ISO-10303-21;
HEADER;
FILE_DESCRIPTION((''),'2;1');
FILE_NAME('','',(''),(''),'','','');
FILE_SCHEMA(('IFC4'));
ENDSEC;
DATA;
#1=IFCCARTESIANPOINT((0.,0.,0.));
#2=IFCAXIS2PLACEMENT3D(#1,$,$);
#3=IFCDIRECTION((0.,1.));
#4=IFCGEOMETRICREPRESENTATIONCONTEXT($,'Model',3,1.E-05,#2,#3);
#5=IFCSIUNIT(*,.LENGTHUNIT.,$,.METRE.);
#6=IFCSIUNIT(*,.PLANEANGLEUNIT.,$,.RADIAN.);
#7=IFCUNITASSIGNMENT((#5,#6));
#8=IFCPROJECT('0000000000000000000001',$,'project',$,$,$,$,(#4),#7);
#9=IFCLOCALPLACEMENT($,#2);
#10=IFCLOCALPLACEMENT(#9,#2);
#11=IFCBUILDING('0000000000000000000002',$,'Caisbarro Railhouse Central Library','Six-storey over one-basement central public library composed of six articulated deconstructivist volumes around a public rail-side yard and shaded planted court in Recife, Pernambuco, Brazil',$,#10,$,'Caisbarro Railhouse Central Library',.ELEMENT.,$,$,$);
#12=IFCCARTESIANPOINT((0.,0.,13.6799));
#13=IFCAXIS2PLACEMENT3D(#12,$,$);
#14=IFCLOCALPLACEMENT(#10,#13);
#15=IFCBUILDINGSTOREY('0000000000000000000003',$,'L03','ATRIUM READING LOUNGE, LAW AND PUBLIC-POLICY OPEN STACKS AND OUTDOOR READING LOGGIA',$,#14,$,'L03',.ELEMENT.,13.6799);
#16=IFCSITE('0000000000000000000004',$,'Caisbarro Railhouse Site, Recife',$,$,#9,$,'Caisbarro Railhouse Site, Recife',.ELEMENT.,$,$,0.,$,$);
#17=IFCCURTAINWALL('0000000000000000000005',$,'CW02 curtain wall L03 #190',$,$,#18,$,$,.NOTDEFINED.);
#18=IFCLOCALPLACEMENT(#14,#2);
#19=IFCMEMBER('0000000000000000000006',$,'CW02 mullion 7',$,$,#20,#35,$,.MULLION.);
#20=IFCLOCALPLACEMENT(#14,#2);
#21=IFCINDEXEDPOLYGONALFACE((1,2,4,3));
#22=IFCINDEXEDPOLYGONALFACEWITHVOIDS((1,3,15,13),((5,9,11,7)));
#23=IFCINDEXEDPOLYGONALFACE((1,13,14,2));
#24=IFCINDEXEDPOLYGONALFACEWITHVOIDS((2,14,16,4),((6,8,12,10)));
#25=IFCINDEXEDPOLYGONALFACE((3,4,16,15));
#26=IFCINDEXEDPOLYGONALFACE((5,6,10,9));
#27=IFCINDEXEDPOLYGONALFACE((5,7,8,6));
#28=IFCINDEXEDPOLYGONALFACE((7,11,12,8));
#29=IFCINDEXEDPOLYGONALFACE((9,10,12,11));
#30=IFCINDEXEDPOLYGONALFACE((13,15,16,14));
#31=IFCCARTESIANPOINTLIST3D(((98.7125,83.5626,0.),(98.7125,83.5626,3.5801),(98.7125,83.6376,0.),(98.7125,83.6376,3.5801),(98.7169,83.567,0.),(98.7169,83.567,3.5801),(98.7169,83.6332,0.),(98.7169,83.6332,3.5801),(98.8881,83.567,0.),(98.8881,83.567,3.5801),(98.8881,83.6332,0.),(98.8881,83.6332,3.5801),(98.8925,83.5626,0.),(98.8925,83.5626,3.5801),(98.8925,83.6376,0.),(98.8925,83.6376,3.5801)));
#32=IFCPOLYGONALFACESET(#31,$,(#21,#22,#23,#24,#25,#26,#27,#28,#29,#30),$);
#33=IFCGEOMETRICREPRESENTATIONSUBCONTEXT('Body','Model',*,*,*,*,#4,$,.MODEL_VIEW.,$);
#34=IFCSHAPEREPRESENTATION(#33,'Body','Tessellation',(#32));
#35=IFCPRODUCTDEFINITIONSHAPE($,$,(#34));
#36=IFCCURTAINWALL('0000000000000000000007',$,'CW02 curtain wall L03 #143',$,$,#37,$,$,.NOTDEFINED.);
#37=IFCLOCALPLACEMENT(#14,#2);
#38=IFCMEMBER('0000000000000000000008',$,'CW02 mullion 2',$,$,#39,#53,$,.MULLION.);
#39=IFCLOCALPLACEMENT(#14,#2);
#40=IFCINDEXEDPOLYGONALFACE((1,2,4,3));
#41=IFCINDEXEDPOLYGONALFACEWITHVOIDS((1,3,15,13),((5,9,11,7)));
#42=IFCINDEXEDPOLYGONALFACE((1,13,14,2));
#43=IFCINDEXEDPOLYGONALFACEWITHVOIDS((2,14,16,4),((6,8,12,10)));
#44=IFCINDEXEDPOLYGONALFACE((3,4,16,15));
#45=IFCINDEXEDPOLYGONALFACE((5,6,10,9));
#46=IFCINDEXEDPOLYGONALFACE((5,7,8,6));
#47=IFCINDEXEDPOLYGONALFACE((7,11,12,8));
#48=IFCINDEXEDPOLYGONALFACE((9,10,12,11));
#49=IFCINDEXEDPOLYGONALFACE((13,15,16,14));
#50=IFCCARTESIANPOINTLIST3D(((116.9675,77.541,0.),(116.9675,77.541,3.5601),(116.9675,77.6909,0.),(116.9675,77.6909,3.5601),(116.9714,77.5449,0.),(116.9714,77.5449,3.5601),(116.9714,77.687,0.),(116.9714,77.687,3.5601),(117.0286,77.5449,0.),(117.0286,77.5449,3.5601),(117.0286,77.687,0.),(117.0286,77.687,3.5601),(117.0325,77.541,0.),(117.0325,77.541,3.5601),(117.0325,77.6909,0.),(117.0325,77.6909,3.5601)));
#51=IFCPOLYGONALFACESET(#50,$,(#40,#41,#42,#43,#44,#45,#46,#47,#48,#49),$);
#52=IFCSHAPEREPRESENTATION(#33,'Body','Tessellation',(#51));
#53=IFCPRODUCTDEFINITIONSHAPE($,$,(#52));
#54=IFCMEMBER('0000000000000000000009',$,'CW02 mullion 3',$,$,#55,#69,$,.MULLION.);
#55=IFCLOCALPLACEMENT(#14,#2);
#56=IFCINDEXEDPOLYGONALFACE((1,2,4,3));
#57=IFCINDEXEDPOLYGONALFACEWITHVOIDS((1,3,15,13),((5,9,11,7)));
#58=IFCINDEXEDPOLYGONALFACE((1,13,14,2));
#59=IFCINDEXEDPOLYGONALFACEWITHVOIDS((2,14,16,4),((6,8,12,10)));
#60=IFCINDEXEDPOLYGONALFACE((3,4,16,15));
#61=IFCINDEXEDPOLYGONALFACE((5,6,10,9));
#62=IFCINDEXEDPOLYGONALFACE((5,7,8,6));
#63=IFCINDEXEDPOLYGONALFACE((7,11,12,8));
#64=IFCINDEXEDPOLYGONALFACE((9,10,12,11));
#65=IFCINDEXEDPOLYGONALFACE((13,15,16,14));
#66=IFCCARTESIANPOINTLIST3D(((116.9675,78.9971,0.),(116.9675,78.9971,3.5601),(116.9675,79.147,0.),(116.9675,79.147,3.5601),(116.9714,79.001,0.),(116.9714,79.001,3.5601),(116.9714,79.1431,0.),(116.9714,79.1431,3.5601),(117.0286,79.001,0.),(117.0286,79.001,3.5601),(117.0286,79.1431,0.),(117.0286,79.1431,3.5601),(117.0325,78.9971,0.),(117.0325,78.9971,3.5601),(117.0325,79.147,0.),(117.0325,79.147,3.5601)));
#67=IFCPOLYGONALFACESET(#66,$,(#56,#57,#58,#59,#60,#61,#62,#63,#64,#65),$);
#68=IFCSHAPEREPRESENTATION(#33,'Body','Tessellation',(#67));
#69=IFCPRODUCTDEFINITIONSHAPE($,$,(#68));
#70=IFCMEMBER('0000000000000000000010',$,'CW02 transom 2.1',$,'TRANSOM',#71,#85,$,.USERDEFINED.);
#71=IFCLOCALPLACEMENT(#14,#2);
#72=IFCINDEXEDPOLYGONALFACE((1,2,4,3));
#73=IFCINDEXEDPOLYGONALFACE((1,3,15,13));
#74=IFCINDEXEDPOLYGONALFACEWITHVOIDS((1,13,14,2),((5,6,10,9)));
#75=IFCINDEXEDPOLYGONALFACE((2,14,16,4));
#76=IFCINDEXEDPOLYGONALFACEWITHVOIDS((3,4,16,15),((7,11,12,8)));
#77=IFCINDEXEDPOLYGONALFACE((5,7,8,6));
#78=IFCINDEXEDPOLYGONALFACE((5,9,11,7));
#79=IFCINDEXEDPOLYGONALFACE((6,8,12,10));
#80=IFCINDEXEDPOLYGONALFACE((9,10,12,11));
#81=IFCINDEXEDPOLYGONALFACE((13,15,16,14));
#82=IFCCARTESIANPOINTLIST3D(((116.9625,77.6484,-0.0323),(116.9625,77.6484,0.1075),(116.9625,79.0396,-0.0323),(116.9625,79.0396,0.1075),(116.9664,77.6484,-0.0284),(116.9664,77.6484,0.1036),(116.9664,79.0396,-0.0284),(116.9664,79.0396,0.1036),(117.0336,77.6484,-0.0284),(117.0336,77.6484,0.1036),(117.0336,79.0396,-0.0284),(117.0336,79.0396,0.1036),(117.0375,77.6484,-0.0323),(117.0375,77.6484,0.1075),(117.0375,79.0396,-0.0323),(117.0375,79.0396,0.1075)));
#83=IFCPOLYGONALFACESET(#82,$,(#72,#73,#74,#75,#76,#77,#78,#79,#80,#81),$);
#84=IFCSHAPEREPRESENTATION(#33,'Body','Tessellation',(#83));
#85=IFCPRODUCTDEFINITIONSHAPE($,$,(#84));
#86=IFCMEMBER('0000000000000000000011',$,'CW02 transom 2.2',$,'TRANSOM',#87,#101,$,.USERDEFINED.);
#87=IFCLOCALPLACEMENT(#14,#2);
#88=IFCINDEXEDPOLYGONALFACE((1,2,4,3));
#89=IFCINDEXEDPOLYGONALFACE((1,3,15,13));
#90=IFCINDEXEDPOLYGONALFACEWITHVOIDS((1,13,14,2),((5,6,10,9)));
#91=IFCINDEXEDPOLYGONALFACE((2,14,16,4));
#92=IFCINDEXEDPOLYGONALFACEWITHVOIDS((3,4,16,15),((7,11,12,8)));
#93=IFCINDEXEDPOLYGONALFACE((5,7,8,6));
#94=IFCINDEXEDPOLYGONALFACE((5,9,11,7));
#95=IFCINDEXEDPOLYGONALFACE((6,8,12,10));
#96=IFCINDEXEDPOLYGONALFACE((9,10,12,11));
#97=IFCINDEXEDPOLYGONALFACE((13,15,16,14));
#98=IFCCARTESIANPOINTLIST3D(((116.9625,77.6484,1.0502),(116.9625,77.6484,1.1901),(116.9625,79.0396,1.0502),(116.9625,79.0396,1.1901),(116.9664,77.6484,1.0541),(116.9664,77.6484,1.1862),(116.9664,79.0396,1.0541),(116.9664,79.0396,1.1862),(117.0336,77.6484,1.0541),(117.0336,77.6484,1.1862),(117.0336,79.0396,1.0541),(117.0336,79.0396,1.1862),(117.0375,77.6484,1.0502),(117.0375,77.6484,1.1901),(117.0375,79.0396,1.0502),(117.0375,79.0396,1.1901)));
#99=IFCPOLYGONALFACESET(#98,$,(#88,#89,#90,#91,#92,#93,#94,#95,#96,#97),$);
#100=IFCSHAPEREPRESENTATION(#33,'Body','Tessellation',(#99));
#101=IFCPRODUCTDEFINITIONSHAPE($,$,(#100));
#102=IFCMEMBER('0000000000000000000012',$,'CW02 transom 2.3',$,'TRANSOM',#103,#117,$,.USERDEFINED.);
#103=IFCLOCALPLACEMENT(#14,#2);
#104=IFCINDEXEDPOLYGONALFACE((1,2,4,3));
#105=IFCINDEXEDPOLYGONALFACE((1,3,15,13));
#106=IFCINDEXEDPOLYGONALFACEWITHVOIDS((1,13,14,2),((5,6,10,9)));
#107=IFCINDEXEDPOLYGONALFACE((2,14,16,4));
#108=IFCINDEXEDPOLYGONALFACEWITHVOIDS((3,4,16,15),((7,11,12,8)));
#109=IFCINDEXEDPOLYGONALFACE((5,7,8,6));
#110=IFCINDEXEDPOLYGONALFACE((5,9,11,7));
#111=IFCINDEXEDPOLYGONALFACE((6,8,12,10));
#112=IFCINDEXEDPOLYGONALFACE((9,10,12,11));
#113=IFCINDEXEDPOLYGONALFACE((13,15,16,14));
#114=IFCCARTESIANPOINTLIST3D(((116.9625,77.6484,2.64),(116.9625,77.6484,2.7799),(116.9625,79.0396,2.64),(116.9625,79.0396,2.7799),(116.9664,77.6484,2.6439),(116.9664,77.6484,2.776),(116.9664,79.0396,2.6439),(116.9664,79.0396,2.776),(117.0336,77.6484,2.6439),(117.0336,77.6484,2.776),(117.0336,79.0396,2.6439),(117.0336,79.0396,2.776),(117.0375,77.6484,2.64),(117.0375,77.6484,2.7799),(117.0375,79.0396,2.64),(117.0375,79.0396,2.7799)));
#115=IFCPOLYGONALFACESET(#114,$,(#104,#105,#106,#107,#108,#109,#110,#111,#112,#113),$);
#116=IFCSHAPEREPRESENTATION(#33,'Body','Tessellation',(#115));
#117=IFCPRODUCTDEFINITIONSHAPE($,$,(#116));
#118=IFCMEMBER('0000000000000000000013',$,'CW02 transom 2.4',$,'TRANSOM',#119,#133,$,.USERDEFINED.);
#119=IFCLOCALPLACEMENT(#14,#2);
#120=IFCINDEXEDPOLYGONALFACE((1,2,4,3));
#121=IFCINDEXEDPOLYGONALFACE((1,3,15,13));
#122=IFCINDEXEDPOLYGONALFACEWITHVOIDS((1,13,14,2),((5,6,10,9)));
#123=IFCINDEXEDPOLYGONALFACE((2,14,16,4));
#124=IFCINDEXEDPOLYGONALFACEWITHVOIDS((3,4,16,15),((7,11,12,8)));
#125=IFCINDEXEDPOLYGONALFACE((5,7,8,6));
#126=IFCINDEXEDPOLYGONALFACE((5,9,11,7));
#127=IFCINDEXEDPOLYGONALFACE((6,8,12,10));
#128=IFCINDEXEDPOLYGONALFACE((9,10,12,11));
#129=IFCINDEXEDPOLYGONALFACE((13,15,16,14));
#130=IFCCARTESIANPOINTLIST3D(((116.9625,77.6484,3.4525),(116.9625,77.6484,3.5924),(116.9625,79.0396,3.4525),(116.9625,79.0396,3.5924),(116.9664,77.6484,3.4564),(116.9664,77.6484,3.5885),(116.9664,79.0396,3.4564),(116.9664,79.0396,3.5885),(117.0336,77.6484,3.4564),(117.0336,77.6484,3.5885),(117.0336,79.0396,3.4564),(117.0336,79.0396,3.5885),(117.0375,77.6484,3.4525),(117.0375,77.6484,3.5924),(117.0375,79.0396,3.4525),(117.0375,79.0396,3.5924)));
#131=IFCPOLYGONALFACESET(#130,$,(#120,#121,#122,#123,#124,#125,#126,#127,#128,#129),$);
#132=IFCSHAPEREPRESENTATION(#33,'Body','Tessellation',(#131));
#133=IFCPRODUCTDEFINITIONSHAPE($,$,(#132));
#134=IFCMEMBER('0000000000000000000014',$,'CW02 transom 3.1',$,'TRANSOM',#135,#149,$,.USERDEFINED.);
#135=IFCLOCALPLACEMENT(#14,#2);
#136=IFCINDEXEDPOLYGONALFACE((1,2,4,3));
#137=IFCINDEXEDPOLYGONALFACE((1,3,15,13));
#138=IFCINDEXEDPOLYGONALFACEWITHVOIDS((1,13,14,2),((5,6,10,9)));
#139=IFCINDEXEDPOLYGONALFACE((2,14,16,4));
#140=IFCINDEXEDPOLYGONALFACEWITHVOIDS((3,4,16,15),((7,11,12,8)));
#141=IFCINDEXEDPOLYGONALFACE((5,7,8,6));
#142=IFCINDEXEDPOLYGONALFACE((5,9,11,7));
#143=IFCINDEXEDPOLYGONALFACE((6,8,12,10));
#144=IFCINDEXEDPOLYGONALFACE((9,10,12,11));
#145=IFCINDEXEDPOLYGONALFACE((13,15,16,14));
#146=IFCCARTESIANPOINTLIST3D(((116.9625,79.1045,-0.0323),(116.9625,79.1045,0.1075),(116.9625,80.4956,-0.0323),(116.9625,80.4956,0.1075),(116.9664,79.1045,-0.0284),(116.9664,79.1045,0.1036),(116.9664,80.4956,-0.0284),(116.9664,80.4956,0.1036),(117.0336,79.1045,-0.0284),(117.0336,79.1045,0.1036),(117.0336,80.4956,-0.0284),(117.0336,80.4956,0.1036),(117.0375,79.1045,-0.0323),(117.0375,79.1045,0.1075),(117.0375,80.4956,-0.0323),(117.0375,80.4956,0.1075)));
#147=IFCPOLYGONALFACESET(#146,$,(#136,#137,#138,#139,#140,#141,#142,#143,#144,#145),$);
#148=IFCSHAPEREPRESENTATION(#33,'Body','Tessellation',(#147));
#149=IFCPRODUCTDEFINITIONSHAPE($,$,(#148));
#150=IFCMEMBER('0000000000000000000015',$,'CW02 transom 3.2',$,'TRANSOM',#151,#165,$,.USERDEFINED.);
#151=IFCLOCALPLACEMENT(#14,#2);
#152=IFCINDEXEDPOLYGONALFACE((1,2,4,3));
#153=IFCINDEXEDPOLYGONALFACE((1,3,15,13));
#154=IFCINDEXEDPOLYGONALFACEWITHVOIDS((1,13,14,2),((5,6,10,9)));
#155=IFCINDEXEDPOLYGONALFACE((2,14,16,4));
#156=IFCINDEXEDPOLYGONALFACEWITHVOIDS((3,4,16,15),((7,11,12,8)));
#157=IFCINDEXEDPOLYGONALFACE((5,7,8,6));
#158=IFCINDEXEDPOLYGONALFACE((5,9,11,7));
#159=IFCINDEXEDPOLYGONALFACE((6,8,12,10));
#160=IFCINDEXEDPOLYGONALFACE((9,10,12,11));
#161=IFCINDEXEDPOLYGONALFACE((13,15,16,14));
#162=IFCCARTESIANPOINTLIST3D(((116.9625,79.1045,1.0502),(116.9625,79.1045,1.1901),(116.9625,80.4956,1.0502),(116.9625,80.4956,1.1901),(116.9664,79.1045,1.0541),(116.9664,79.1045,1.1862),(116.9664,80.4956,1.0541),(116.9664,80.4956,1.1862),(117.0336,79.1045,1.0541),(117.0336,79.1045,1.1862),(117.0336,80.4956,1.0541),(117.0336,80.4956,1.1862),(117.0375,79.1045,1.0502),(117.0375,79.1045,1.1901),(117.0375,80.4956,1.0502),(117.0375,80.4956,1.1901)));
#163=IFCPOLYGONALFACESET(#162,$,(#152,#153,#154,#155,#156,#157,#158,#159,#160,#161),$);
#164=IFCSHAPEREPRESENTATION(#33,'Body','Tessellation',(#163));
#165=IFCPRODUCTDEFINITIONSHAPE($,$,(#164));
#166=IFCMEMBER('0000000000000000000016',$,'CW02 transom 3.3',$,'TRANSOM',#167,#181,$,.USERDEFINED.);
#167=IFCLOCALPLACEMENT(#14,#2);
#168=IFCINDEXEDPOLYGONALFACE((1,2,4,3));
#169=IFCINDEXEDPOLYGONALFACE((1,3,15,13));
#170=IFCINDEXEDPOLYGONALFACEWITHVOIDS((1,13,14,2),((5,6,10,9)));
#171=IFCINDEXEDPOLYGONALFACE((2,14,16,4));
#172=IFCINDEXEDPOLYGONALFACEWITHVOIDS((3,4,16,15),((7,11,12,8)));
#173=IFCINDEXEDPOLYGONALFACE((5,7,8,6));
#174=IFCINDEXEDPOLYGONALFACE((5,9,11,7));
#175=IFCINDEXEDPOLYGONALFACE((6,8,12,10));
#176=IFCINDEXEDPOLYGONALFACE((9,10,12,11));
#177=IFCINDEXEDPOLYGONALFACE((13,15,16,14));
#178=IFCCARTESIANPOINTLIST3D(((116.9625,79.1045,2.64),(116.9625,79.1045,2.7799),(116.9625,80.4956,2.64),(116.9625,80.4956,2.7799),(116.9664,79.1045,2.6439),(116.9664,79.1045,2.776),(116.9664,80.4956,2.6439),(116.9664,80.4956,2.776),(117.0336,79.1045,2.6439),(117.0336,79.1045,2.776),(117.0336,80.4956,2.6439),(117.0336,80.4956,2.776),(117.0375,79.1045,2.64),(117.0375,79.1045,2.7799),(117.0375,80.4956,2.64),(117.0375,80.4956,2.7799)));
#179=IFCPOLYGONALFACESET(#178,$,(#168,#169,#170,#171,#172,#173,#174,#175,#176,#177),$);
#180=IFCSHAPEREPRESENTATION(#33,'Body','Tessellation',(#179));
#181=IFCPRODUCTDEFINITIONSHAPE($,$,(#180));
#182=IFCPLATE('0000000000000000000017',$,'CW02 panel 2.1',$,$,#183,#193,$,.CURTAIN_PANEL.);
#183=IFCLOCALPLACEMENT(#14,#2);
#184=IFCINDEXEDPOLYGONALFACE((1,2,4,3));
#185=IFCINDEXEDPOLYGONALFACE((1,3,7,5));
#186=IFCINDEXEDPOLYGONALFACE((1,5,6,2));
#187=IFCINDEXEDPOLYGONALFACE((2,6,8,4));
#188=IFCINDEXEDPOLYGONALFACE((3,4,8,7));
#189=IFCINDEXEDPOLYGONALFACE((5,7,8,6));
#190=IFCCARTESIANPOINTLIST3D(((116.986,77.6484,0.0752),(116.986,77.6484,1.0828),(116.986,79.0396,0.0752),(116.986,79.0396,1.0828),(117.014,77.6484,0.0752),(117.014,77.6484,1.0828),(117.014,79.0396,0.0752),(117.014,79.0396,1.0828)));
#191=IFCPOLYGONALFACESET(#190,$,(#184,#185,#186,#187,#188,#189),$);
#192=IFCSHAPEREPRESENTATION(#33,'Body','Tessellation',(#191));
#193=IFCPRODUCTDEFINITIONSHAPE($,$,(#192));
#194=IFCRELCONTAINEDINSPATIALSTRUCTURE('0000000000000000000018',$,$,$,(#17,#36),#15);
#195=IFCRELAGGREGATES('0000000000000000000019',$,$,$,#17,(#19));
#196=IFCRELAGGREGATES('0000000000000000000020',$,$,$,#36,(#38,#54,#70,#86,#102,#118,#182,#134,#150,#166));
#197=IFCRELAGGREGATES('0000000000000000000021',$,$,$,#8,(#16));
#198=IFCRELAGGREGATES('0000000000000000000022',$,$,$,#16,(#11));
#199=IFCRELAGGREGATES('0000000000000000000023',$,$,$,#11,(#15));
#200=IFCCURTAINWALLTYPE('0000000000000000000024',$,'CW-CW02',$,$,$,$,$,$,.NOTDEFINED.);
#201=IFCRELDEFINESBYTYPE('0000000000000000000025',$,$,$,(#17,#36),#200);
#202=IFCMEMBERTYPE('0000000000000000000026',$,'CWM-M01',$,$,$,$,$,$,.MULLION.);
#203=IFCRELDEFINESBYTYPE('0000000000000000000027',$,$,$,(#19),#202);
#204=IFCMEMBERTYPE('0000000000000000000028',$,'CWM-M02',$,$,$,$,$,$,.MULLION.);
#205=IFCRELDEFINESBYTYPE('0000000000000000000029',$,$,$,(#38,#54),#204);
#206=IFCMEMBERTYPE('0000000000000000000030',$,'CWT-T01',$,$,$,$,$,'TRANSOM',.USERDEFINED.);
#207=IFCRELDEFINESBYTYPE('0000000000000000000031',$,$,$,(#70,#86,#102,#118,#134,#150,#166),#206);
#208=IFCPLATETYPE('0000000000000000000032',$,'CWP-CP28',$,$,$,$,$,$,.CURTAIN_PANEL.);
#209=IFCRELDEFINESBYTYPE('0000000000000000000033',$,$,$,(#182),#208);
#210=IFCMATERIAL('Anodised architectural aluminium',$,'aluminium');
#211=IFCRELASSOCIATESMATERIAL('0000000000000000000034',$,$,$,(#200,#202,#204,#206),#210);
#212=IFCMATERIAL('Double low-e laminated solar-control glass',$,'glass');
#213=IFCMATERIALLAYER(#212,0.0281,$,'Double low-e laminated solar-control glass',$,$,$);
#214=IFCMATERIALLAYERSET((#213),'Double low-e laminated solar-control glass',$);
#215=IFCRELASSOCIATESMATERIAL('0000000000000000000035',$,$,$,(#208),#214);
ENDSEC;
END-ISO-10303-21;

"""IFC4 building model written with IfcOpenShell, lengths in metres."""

from ifc_helpers import new_model, si_unit, direction, frame, origin, origin_2d, place, context, subcontext, project, spatial, rectangle, hollow_rectangle, extrude, material, layer, layer_set, material_profile, profile_set, type_object, element, aggregate, save


model = new_model("IFC4")

# Units and contexts
model_context = context("Model", 3, precision=1e-05, world=origin(), true_north=direction((0.0, 1.0)))
body_context = subcontext(model_context, "Body", "Model", "MODEL_VIEW")
ifc_project = project(units=[si_unit("LENGTHUNIT", "METRE"), si_unit("PLANEANGLEUNIT", "RADIAN")], contexts=[model_context])

# Site, building, storey
site_placement = place(None, origin())
site = spatial("IfcSite", under=ifc_project, at=site_placement, Name="Caisbarro Railhouse Site, Recife", LongName="Caisbarro Railhouse Site, Recife", CompositionType="ELEMENT", RefElevation=0.0)
building_placement = place(site_placement, origin())
building = spatial("IfcBuilding", under=site, at=building_placement, Name="Caisbarro Railhouse Central Library", Description="Six-storey over one-basement central public library composed of six articulated deconstructivist volumes around a public rail-side yard and shaded planted court in Recife, Pernambuco, Brazil", LongName="Caisbarro Railhouse Central Library", CompositionType="ELEMENT")
storey_placement = place(building_placement, frame((0.0, 0.0, 13.6799)))
storey = spatial("IfcBuildingStorey", under=building, at=storey_placement, Name="L03", Description="ATRIUM READING LOUNGE, LAW AND PUBLIC-POLICY OPEN STACKS AND OUTDOOR READING LOGGIA", LongName="L03", CompositionType="ELEMENT", Elevation=13.6799)

# Curtain wall, member
ifc_material_1 = material(Name="Anodised architectural aluminium", Category="aluminium")
curtain_wall_type = type_object("IfcCurtainWallType", Name="CW-CW02", PredefinedType="NOTDEFINED", material=ifc_material_1)
curtain_wall_1_placement = place(storey_placement, origin())
curtain_wall_1 = element("IfcCurtainWall", 1, at=curtain_wall_1_placement, inside=storey, type_object=curtain_wall_type, Name="CW02 curtain wall L03 #190", PredefinedType="NOTDEFINED")
ifc_material_profile_1 = material_profile(ifc_material_1, hollow_rectangle(XDim=0.075, YDim=0.1799, WallThickness=0.0044, at=origin_2d()), Name="ALU-MUL-75X180")
ifc_profile_set_1 = profile_set([ifc_material_profile_1], Name="Anodised architectural aluminium")
member_type_1 = type_object("IfcMemberType", Name="CWM-M01", PredefinedType="MULLION", material=ifc_profile_set_1)
member_1_placement = place(storey_placement, frame((98.8025, 83.6001, 0.0), z_axis=(0.0, 0.0, 1.0), x_axis=(0.0, 1.0, 0.0)))
member_1 = element("IfcMember", 2, at=member_1_placement, type_object=member_type_1, Name="CW02 mullion 7", PredefinedType="MULLION", context=body_context, shape_type="SweptSolid", body=[
    extrude(hollow_rectangle(XDim=0.075, YDim=0.1799, WallThickness=0.0044, at=origin_2d()), origin(), (0.0, 0.0, 1.0), 3.5801),
])
aggregate(curtain_wall_1, [member_1])

# Curtain wall, members, plate
curtain_wall_2_placement = place(storey_placement, origin())
curtain_wall_2 = element("IfcCurtainWall", 3, at=curtain_wall_2_placement, inside=storey, type_object=curtain_wall_type, Name="CW02 curtain wall L03 #143", PredefinedType="NOTDEFINED")
ifc_material_profile_2 = material_profile(ifc_material_1, hollow_rectangle(XDim=0.0649, YDim=0.1499, WallThickness=0.0039, at=origin_2d()), Name="ALU-MUL-65X150")
ifc_profile_set_2 = profile_set([ifc_material_profile_2], Name="Anodised architectural aluminium")
member_type_2 = type_object("IfcMemberType", Name="CWM-M02", PredefinedType="MULLION", material=ifc_profile_set_2)
member_2_placement = place(storey_placement, frame((117.0, 77.616, 0.0), z_axis=(0.0, 0.0, 1.0), x_axis=(-1.0, 0.0, 0.0)))
member_2 = element("IfcMember", 4, at=member_2_placement, type_object=member_type_2, Name="CW02 mullion 2", PredefinedType="MULLION", context=body_context, shape_type="SweptSolid", body=[
    extrude(hollow_rectangle(XDim=0.0649, YDim=0.1499, WallThickness=0.0039, at=origin_2d()), origin(), (0.0, 0.0, 1.0), 3.5601),
])
member_3_placement = place(storey_placement, frame((117.0, 79.072, 0.0), z_axis=(0.0, 0.0, 1.0), x_axis=(-1.0, 0.0, 0.0)))
member_3 = element("IfcMember", 5, at=member_3_placement, type_object=member_type_2, Name="CW02 mullion 3", PredefinedType="MULLION", context=body_context, shape_type="SweptSolid", body=[
    extrude(hollow_rectangle(XDim=0.0649, YDim=0.1499, WallThickness=0.0039, at=origin_2d()), origin(), (0.0, 0.0, 1.0), 3.5601),
])
ifc_material_profile_3 = material_profile(ifc_material_1, hollow_rectangle(XDim=0.075, YDim=0.1399, WallThickness=0.0039, at=origin_2d()), Name="ALU-TRN-75X140")
ifc_profile_set_3 = profile_set([ifc_material_profile_3], Name="Anodised architectural aluminium")
member_type_3 = type_object("IfcMemberType", Name="CWT-T01", ElementType="TRANSOM", PredefinedType="USERDEFINED", material=ifc_profile_set_3)
member_4_placement = place(storey_placement, frame((117.0, 77.6484, 0.0376), z_axis=(0.0, 1.0, 0.0), x_axis=(-1.0, 0.0, 0.0)))
member_4 = element("IfcMember", 6, at=member_4_placement, type_object=member_type_3, Name="CW02 transom 2.1", ObjectType="TRANSOM", PredefinedType="USERDEFINED", context=body_context, shape_type="SweptSolid", body=[
    extrude(hollow_rectangle(XDim=0.075, YDim=0.1399, WallThickness=0.0039, at=origin_2d()), origin(), (0.0, 0.0, 1.0), 1.3911),
])
member_5_placement = place(storey_placement, frame((117.0, 77.6484, 1.1201), z_axis=(0.0, 1.0, 0.0), x_axis=(-1.0, 0.0, 0.0)))
member_5 = element("IfcMember", 7, at=member_5_placement, type_object=member_type_3, Name="CW02 transom 2.2", ObjectType="TRANSOM", PredefinedType="USERDEFINED", context=body_context, shape_type="SweptSolid", body=[
    extrude(hollow_rectangle(XDim=0.075, YDim=0.1399, WallThickness=0.0039, at=origin_2d()), origin(), (0.0, 0.0, 1.0), 1.3911),
])
member_6_placement = place(storey_placement, frame((117.0, 77.6484, 2.71), z_axis=(0.0, 1.0, 0.0), x_axis=(-1.0, 0.0, 0.0)))
member_6 = element("IfcMember", 8, at=member_6_placement, type_object=member_type_3, Name="CW02 transom 2.3", ObjectType="TRANSOM", PredefinedType="USERDEFINED", context=body_context, shape_type="SweptSolid", body=[
    extrude(hollow_rectangle(XDim=0.075, YDim=0.1399, WallThickness=0.0039, at=origin_2d()), origin(), (0.0, 0.0, 1.0), 1.3911),
])
member_7_placement = place(storey_placement, frame((117.0, 77.6484, 3.5225), z_axis=(0.0, 1.0, 0.0), x_axis=(-1.0, 0.0, 0.0)))
member_7 = element("IfcMember", 9, at=member_7_placement, type_object=member_type_3, Name="CW02 transom 2.4", ObjectType="TRANSOM", PredefinedType="USERDEFINED", context=body_context, shape_type="SweptSolid", body=[
    extrude(hollow_rectangle(XDim=0.075, YDim=0.1399, WallThickness=0.0039, at=origin_2d()), origin(), (0.0, 0.0, 1.0), 1.3911),
])
member_8_placement = place(storey_placement, frame((117.0, 79.1045, 0.0376), z_axis=(0.0, 1.0, 0.0), x_axis=(-1.0, 0.0, 0.0)))
member_8 = element("IfcMember", 10, at=member_8_placement, type_object=member_type_3, Name="CW02 transom 3.1", ObjectType="TRANSOM", PredefinedType="USERDEFINED", context=body_context, shape_type="SweptSolid", body=[
    extrude(hollow_rectangle(XDim=0.075, YDim=0.1399, WallThickness=0.0039, at=origin_2d()), origin(), (0.0, 0.0, 1.0), 1.3911),
])
member_9_placement = place(storey_placement, frame((117.0, 79.1045, 1.1201), z_axis=(0.0, 1.0, 0.0), x_axis=(-1.0, 0.0, 0.0)))
member_9 = element("IfcMember", 11, at=member_9_placement, type_object=member_type_3, Name="CW02 transom 3.2", ObjectType="TRANSOM", PredefinedType="USERDEFINED", context=body_context, shape_type="SweptSolid", body=[
    extrude(hollow_rectangle(XDim=0.075, YDim=0.1399, WallThickness=0.0039, at=origin_2d()), origin(), (0.0, 0.0, 1.0), 1.3911),
])
member_10_placement = place(storey_placement, frame((117.0, 79.1045, 2.71), z_axis=(0.0, 1.0, 0.0), x_axis=(-1.0, 0.0, 0.0)))
member_10 = element("IfcMember", 12, at=member_10_placement, type_object=member_type_3, Name="CW02 transom 3.3", ObjectType="TRANSOM", PredefinedType="USERDEFINED", context=body_context, shape_type="SweptSolid", body=[
    extrude(hollow_rectangle(XDim=0.075, YDim=0.1399, WallThickness=0.0039, at=origin_2d()), origin(), (0.0, 0.0, 1.0), 1.3911),
])
ifc_material_2 = material(Name="Double low-e laminated solar-control glass", Category="glass")
ifc_layer_1 = layer(ifc_material_2, 0.0281, Name="Double low-e laminated solar-control glass")
ifc_layer_set_1 = layer_set([ifc_layer_1], Name="Double low-e laminated solar-control glass")
plate_type_1 = type_object("IfcPlateType", Name="CWP-CP28", PredefinedType="CURTAIN_PANEL", material=ifc_layer_set_1)
plate_1_placement = place(storey_placement, frame((117.0, 78.344, 0.0752), z_axis=(0.0, 0.0, 1.0), x_axis=(0.0, 1.0, 0.0)))
plate_1 = element("IfcPlate", 13, at=plate_1_placement, type_object=plate_type_1, Name="CW02 panel 2.1", PredefinedType="CURTAIN_PANEL", context=body_context, shape_type="SweptSolid", body=[
    extrude(rectangle(XDim=1.3911, YDim=0.0281, at=origin_2d()), origin(), (0.0, 0.0, 1.0), 1.0076),
])
aggregate(curtain_wall_2, [member_2, member_3, member_4, member_5, member_6, member_7, plate_1, member_8, member_9, member_10])

save(model, "model.ifc")
